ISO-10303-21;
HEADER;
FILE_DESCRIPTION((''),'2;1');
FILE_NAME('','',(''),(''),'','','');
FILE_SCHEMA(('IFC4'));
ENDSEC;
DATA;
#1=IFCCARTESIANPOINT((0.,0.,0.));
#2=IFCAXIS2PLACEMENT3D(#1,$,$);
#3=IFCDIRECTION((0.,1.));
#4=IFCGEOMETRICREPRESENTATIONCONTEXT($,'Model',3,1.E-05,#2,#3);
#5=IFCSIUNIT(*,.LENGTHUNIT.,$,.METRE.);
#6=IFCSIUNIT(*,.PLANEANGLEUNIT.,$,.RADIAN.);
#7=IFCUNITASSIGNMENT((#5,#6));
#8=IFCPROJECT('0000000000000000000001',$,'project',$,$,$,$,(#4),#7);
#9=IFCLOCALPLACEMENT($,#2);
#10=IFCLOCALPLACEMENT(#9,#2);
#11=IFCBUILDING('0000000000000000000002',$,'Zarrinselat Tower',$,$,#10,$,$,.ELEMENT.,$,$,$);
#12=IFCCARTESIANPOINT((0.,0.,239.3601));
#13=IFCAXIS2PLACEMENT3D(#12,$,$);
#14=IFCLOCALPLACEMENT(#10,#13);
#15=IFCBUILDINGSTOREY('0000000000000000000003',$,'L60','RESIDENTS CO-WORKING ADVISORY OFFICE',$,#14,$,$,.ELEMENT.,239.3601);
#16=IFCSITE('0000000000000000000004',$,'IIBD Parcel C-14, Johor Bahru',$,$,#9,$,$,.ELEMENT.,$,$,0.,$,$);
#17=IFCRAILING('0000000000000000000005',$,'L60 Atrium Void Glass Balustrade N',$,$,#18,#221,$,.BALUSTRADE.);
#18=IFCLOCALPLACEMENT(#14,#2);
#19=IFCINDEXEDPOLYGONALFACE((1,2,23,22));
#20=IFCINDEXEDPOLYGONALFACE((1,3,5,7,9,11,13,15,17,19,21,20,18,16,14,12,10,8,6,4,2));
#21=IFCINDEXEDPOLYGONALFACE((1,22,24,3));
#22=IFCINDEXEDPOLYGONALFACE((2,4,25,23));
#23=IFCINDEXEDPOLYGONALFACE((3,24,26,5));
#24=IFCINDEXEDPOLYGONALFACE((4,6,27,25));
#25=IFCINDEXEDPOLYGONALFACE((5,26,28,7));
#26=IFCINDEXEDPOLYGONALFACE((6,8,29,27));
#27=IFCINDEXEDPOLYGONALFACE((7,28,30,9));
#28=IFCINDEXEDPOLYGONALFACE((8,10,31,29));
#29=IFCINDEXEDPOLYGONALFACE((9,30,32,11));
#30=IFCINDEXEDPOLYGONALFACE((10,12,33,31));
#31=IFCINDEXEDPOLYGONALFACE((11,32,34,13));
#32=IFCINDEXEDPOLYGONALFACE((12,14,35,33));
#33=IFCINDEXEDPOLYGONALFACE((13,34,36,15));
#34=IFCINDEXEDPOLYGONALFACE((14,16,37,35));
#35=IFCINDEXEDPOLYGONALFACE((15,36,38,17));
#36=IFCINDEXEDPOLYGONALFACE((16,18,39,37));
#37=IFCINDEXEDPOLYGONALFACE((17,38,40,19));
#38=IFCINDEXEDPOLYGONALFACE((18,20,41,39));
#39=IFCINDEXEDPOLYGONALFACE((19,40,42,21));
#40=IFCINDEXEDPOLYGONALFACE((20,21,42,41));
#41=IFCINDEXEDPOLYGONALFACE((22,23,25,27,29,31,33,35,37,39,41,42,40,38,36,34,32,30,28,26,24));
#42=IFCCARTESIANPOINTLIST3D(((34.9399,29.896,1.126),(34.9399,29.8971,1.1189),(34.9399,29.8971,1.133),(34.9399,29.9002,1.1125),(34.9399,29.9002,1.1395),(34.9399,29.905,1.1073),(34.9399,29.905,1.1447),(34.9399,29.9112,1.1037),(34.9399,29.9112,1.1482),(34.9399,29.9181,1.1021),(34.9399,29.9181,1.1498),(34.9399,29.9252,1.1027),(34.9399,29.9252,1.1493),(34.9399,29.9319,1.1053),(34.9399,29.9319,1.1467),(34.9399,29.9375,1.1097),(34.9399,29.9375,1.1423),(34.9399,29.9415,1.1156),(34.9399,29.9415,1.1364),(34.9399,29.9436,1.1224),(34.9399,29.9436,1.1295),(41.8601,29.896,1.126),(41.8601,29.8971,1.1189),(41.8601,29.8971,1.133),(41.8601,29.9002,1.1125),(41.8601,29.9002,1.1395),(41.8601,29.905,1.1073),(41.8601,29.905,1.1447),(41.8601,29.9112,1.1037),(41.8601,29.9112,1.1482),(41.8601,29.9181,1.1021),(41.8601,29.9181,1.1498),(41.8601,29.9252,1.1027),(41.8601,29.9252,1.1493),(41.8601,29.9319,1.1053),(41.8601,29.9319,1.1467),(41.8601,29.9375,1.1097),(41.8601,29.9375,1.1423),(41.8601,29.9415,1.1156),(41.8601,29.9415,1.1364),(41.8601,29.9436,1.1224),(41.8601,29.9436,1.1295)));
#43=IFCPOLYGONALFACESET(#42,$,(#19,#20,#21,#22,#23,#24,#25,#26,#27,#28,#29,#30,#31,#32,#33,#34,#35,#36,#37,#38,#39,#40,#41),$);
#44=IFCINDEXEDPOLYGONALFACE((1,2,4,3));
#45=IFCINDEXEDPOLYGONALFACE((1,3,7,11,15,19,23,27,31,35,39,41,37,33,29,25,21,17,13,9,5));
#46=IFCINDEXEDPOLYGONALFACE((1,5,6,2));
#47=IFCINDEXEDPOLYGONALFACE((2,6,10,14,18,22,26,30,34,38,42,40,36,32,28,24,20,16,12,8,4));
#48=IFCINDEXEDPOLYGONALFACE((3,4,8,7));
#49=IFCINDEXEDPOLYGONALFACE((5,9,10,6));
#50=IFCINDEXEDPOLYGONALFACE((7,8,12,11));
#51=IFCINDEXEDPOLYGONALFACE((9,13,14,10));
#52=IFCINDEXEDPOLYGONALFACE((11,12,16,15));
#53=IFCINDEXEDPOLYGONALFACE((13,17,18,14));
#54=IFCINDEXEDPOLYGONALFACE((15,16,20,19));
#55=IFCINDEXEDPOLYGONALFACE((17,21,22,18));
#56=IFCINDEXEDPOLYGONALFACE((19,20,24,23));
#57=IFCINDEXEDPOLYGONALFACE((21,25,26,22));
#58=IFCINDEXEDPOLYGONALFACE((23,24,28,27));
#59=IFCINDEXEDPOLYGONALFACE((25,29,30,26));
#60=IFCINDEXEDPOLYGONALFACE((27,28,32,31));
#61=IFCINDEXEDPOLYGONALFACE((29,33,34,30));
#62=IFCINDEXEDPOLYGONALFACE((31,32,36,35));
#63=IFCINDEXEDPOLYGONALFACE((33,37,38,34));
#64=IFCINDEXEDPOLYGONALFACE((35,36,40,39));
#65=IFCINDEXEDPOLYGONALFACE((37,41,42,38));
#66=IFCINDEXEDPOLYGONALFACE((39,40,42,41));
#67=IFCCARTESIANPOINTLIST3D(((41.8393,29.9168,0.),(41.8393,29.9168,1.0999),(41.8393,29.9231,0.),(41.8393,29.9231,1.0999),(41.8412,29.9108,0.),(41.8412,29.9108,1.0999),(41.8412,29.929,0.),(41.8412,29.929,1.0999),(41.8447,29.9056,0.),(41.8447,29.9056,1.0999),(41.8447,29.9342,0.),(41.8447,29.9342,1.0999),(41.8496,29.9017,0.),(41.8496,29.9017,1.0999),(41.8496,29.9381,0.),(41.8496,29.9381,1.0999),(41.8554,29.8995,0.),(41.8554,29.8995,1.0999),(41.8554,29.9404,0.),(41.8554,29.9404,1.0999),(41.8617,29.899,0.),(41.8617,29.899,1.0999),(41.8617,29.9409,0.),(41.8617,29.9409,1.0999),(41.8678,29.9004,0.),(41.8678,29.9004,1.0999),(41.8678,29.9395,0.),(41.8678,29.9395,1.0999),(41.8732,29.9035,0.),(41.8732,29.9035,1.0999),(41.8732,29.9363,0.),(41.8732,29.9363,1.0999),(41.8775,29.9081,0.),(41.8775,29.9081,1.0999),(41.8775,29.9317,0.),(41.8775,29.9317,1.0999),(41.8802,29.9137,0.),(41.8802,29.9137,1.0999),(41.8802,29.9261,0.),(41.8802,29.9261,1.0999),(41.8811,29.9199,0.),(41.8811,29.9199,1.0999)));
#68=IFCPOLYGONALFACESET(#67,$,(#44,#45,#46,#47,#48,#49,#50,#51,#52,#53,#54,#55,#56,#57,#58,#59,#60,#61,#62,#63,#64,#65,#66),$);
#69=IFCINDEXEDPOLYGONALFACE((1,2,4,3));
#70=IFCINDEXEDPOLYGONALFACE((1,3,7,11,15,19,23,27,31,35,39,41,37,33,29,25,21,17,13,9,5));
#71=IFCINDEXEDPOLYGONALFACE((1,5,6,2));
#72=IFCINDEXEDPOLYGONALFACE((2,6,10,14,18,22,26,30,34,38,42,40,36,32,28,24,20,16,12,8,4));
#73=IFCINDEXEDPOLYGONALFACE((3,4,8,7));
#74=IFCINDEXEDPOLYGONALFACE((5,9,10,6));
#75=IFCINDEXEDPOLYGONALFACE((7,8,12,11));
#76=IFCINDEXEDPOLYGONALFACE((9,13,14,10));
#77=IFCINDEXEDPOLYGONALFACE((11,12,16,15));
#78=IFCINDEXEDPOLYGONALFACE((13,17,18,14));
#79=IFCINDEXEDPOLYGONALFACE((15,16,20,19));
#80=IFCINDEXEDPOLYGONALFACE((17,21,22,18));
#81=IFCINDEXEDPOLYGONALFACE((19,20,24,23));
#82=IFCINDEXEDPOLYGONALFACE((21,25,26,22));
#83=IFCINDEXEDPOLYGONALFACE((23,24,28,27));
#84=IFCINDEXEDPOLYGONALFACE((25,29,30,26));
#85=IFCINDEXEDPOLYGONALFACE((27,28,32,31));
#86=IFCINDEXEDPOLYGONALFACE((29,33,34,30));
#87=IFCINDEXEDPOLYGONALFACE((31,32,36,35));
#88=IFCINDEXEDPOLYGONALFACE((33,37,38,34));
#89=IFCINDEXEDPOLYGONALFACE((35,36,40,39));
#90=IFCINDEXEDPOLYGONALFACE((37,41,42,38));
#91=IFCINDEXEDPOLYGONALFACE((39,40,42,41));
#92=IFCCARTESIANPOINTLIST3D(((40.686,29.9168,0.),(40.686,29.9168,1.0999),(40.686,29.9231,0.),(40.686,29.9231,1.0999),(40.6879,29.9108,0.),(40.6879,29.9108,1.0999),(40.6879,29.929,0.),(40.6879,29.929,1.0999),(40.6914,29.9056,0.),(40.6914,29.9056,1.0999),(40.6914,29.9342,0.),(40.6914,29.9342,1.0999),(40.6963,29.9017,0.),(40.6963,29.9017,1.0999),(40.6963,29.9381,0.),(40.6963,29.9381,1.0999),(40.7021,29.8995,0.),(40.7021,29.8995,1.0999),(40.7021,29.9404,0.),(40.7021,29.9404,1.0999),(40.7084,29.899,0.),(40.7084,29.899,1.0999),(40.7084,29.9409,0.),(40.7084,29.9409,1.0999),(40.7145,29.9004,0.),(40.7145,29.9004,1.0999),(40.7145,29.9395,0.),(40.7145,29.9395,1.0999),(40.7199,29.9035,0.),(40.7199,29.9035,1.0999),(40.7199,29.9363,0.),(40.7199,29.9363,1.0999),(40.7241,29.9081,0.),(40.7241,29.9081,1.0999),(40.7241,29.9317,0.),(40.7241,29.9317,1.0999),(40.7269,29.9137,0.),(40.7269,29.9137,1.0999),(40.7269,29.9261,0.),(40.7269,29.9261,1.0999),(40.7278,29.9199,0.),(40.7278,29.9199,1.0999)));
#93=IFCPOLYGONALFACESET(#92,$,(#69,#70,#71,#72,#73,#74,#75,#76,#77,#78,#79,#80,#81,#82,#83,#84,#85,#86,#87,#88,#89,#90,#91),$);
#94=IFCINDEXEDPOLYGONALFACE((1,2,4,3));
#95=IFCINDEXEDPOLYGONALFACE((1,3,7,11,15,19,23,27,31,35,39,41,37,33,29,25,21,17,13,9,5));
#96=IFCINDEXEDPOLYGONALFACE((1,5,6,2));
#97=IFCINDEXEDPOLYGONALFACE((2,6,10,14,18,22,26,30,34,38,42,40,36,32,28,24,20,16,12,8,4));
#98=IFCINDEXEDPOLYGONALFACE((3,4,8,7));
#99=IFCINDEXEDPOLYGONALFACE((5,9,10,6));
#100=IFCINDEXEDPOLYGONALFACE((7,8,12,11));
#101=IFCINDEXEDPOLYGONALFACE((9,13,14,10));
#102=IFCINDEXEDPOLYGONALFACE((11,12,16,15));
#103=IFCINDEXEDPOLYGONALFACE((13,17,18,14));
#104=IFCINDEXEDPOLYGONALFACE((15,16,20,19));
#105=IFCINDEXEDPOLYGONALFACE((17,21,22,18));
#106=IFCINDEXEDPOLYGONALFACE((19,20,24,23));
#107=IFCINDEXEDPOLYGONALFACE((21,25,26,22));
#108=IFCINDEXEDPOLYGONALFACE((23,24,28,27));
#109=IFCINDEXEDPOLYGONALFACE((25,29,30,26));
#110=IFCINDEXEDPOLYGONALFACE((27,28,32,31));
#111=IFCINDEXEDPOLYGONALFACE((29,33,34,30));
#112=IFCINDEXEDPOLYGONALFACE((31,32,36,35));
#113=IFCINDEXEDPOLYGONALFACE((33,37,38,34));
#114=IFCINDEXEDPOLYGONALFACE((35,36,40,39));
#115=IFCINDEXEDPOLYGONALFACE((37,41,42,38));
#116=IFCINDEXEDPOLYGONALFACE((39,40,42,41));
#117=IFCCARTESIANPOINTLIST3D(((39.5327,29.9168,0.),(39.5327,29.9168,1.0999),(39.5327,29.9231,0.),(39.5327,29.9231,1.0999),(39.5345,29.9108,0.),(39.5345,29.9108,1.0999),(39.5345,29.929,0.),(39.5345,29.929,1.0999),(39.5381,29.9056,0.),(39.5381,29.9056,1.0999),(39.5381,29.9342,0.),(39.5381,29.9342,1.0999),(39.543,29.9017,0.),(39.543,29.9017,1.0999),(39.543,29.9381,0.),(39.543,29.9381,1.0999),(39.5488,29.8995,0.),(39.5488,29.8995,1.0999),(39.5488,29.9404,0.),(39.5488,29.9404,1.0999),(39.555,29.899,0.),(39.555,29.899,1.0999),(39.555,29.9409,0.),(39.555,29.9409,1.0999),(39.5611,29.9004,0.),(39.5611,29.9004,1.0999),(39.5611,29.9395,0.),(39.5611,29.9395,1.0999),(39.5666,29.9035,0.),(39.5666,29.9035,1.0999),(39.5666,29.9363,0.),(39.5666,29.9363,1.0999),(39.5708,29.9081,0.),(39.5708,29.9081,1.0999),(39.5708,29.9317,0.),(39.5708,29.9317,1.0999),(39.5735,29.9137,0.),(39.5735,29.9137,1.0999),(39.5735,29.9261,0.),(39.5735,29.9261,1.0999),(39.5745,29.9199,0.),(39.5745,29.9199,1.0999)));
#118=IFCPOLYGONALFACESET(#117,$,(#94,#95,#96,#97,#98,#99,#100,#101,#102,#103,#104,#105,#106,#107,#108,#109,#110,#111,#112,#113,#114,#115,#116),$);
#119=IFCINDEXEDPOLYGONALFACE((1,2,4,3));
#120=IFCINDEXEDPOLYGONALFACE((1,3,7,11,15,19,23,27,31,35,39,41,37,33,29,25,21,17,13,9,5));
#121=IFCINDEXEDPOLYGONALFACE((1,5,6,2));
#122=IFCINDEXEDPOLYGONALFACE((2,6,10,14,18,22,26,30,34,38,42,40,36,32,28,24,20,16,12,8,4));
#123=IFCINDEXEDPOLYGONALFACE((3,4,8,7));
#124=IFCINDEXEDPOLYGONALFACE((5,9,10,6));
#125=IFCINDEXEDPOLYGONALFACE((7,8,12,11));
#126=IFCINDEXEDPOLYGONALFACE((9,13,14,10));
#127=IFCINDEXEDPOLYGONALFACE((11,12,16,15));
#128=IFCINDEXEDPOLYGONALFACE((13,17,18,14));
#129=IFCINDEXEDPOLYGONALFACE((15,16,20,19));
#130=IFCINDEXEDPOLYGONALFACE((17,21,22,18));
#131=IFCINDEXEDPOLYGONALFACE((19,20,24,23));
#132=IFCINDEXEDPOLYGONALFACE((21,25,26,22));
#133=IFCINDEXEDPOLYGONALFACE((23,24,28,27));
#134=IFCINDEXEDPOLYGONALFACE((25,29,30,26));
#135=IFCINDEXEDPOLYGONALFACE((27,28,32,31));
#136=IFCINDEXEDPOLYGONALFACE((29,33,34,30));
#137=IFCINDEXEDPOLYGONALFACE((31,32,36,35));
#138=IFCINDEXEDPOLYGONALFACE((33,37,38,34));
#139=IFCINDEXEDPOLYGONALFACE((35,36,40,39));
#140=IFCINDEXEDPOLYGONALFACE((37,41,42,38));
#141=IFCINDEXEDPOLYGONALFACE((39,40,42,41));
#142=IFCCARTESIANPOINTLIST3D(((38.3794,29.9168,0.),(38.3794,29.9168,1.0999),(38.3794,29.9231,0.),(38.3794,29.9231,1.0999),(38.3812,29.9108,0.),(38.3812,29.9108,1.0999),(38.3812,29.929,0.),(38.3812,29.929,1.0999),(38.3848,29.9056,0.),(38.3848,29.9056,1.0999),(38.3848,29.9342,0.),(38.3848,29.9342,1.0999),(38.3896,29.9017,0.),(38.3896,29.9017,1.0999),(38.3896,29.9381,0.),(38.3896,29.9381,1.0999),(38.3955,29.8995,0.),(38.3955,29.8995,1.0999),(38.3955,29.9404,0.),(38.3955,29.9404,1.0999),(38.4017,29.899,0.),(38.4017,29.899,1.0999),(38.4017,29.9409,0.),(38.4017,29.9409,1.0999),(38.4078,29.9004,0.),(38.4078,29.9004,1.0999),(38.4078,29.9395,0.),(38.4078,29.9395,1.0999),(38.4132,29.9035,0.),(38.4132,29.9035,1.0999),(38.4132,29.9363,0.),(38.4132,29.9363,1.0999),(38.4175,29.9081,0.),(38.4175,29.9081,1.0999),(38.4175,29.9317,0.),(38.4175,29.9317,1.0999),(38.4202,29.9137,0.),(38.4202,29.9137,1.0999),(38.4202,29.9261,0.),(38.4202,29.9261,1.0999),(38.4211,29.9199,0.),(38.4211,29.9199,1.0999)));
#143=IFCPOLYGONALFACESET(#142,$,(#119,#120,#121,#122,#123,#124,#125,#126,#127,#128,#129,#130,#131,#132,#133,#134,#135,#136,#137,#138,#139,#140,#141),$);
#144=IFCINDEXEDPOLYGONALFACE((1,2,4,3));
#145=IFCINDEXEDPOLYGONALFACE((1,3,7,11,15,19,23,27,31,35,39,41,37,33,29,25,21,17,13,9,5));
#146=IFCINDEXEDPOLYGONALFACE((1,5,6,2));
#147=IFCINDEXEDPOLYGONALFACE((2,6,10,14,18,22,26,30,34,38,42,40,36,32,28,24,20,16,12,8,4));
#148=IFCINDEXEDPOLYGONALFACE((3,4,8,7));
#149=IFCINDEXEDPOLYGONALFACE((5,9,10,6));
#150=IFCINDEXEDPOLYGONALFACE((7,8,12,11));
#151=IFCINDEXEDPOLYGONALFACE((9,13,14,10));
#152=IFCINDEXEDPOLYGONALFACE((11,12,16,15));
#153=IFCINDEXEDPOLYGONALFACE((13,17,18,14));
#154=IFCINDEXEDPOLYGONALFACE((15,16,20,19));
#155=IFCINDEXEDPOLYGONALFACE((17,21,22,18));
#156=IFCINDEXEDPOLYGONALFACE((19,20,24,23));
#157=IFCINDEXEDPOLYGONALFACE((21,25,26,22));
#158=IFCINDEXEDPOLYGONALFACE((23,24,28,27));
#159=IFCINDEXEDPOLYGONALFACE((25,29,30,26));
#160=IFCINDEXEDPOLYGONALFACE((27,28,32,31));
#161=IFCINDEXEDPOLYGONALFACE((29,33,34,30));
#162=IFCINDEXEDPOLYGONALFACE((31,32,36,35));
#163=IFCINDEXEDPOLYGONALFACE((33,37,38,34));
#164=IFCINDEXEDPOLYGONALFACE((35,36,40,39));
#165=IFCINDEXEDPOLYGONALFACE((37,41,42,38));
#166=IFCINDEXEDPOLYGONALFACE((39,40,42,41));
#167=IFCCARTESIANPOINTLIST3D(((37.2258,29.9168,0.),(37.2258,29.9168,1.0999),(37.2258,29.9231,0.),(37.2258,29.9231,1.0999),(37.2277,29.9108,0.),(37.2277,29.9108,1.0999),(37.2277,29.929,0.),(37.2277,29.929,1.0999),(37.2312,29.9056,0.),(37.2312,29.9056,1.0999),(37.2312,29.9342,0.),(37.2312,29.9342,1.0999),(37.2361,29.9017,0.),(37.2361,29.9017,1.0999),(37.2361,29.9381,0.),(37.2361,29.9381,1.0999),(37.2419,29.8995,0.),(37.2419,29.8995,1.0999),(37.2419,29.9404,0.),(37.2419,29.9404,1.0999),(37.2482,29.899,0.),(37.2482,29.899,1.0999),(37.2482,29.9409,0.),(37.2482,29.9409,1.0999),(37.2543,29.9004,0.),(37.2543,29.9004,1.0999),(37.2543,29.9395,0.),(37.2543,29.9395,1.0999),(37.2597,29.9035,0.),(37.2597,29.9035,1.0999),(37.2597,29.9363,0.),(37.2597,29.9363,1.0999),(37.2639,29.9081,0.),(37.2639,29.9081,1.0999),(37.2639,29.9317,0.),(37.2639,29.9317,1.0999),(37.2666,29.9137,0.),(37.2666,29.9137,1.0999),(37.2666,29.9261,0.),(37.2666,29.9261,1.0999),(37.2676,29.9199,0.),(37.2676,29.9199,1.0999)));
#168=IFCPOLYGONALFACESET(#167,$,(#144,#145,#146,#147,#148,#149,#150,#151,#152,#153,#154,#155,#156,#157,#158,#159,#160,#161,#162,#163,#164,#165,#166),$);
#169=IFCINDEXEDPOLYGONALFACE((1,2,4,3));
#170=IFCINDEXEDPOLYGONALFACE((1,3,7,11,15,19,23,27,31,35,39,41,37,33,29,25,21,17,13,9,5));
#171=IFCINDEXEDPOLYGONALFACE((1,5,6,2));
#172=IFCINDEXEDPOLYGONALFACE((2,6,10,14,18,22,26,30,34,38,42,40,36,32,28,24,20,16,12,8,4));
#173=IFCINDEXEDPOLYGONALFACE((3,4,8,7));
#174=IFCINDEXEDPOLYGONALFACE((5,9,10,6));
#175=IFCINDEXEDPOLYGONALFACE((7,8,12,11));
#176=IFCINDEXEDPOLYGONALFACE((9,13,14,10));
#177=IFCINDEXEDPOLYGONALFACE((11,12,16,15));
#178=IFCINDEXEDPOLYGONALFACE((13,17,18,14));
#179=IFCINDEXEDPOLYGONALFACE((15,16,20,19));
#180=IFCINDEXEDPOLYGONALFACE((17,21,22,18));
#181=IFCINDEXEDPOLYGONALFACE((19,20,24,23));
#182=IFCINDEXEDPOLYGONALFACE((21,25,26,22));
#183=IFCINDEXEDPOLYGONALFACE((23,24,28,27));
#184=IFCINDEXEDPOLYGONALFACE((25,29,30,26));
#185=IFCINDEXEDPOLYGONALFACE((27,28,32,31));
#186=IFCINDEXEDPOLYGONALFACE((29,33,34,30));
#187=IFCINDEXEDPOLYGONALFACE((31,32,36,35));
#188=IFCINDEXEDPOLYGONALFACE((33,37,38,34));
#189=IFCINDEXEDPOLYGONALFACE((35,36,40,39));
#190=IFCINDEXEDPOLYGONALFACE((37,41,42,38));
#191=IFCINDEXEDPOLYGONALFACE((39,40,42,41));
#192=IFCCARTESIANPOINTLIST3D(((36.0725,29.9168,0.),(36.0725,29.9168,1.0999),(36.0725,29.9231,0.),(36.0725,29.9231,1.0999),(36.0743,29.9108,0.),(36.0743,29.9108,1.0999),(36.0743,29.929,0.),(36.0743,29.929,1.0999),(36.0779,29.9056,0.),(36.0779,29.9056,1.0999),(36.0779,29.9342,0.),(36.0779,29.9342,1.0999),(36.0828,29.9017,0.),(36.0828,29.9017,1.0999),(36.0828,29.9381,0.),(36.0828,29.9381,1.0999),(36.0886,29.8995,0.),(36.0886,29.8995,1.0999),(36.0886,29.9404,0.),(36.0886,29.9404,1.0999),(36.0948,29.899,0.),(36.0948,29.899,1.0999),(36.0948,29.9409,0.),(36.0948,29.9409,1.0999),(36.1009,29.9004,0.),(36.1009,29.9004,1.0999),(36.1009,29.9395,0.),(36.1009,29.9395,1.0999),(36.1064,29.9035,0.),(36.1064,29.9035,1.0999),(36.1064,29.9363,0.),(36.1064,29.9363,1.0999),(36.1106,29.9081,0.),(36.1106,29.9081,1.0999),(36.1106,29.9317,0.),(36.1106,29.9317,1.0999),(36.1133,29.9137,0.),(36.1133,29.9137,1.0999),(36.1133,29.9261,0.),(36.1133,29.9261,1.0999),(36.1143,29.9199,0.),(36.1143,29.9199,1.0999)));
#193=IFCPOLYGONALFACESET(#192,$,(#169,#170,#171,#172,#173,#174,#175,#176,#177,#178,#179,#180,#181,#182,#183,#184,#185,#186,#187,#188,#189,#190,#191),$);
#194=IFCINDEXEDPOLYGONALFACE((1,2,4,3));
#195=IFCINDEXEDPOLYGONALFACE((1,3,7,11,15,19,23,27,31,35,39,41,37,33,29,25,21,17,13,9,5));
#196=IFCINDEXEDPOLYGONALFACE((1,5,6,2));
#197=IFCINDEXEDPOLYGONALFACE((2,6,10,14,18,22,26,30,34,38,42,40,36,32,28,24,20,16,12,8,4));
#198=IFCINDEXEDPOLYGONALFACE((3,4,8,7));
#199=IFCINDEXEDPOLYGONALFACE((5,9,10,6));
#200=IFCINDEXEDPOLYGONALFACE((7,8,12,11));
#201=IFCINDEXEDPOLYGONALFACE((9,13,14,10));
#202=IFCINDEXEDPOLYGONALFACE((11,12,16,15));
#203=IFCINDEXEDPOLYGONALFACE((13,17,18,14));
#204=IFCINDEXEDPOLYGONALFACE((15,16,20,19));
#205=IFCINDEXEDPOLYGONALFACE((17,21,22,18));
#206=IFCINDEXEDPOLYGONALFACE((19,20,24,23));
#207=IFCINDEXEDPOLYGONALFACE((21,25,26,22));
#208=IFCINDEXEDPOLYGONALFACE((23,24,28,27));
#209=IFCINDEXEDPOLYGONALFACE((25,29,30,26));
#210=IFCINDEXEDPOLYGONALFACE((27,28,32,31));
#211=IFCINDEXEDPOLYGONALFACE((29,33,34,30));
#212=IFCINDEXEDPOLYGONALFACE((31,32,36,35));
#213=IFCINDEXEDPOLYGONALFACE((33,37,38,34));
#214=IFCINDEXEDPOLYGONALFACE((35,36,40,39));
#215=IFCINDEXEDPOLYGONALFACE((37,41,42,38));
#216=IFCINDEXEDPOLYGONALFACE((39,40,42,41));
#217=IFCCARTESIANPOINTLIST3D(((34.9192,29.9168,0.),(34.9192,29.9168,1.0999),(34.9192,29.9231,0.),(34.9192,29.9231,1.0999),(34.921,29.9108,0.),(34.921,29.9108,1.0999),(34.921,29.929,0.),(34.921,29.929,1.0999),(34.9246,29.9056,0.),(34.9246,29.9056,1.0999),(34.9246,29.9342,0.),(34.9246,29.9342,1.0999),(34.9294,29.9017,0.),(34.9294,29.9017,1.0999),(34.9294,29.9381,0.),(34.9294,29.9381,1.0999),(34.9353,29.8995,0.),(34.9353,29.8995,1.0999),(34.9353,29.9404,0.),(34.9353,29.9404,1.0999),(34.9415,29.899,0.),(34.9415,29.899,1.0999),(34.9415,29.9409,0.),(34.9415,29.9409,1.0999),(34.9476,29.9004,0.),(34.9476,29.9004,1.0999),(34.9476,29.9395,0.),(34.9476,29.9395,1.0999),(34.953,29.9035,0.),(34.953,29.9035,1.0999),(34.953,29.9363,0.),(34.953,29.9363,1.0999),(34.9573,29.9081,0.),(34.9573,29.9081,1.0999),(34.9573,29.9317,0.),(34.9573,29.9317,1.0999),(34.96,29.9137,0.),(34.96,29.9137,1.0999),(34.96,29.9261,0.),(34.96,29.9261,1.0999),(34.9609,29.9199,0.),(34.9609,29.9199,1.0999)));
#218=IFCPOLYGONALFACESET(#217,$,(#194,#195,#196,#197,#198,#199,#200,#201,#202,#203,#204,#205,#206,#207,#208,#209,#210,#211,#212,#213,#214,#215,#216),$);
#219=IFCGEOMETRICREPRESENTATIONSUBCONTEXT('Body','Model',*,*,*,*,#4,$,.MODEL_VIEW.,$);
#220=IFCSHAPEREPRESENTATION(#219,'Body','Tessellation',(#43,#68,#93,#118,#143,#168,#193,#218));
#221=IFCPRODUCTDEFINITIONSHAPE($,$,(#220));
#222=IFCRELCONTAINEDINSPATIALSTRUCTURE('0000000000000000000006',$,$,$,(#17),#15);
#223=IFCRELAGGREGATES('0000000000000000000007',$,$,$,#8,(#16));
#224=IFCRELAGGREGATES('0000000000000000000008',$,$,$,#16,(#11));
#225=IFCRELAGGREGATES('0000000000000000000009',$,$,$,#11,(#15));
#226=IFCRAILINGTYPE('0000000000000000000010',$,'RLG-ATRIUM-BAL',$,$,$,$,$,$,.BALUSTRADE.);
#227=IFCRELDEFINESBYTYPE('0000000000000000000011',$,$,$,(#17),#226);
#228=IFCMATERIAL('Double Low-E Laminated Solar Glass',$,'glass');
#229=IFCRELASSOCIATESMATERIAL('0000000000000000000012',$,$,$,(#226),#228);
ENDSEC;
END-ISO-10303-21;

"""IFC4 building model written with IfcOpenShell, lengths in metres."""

from ifc_helpers import new_model, si_unit, direction, frame, origin, origin_2d, place, context, subcontext, project, spatial, circle, extrude, material, type_object, element, save


model = new_model("IFC4")

# Units and contexts
model_context = context("Model", 3, precision=1e-05, world=origin(), true_north=direction((0.0, 1.0)))
body_context = subcontext(model_context, "Body", "Model", "MODEL_VIEW")
ifc_project = project(units=[si_unit("LENGTHUNIT", "METRE"), si_unit("PLANEANGLEUNIT", "RADIAN")], contexts=[model_context])

# Site, building, storey
site_placement = place(None, origin())
site = spatial("IfcSite", under=ifc_project, at=site_placement, Name="IIBD Parcel C-14, Johor Bahru", CompositionType="ELEMENT", RefElevation=0.0)
building_placement = place(site_placement, origin())
building = spatial("IfcBuilding", under=site, at=building_placement, Name="Zarrinselat Tower", CompositionType="ELEMENT")
storey_placement = place(building_placement, frame((0.0, 0.0, 239.3601)))
storey = spatial("IfcBuildingStorey", under=building, at=storey_placement, Name="L60", Description="RESIDENTS CO-WORKING ADVISORY OFFICE", CompositionType="ELEMENT", Elevation=239.3601)

# Railing
ifc_material_1 = material(Name="Double Low-E Laminated Solar Glass", Category="glass")
railing_type_1 = type_object("IfcRailingType", Name="RLG-ATRIUM-BAL", PredefinedType="BALUSTRADE", material=ifc_material_1)
railing_1_placement = place(storey_placement, frame((41.8601, 29.9199, 0.0)))
element("IfcRailing", 1, at=railing_1_placement, inside=storey, type_object=railing_type_1, Name="L60 Atrium Void Glass Balustrade N", PredefinedType="BALUSTRADE", context=body_context, shape_type="SweptSolid", body=[
    extrude(circle(Radius=0.0239, at=origin_2d()), frame((0.0, 0.0, 1.126), z_axis=(-1.0, 0.0, 0.0), x_axis=(0.0, -1.0, 0.0)), (0.0, 0.0, 1.0), 6.9202),
    extrude(circle(Radius=0.021, at=origin_2d()), origin(), (0.0, 0.0, 1.0), 1.0999),
    extrude(circle(Radius=0.021, at=origin_2d()), frame((-1.1533, 0.0, 0.0)), (0.0, 0.0, 1.0), 1.0999),
    extrude(circle(Radius=0.021, at=origin_2d()), frame((-2.3066, 0.0, 0.0)), (0.0, 0.0, 1.0), 1.0999),
    extrude(circle(Radius=0.021, at=origin_2d()), frame((-3.46, 0.0, 0.0)), (0.0, 0.0, 1.0), 1.0999),
    extrude(circle(Radius=0.021, at=origin_2d()), frame((-4.6135, 0.0, 0.0)), (0.0, 0.0, 1.0), 1.0999),
    extrude(circle(Radius=0.021, at=origin_2d()), frame((-5.7668, 0.0, 0.0)), (0.0, 0.0, 1.0), 1.0999),
    extrude(circle(Radius=0.021, at=origin_2d()), frame((-6.9202, 0.0, 0.0)), (0.0, 0.0, 1.0), 1.0999),
])

save(model, "model.ifc")
